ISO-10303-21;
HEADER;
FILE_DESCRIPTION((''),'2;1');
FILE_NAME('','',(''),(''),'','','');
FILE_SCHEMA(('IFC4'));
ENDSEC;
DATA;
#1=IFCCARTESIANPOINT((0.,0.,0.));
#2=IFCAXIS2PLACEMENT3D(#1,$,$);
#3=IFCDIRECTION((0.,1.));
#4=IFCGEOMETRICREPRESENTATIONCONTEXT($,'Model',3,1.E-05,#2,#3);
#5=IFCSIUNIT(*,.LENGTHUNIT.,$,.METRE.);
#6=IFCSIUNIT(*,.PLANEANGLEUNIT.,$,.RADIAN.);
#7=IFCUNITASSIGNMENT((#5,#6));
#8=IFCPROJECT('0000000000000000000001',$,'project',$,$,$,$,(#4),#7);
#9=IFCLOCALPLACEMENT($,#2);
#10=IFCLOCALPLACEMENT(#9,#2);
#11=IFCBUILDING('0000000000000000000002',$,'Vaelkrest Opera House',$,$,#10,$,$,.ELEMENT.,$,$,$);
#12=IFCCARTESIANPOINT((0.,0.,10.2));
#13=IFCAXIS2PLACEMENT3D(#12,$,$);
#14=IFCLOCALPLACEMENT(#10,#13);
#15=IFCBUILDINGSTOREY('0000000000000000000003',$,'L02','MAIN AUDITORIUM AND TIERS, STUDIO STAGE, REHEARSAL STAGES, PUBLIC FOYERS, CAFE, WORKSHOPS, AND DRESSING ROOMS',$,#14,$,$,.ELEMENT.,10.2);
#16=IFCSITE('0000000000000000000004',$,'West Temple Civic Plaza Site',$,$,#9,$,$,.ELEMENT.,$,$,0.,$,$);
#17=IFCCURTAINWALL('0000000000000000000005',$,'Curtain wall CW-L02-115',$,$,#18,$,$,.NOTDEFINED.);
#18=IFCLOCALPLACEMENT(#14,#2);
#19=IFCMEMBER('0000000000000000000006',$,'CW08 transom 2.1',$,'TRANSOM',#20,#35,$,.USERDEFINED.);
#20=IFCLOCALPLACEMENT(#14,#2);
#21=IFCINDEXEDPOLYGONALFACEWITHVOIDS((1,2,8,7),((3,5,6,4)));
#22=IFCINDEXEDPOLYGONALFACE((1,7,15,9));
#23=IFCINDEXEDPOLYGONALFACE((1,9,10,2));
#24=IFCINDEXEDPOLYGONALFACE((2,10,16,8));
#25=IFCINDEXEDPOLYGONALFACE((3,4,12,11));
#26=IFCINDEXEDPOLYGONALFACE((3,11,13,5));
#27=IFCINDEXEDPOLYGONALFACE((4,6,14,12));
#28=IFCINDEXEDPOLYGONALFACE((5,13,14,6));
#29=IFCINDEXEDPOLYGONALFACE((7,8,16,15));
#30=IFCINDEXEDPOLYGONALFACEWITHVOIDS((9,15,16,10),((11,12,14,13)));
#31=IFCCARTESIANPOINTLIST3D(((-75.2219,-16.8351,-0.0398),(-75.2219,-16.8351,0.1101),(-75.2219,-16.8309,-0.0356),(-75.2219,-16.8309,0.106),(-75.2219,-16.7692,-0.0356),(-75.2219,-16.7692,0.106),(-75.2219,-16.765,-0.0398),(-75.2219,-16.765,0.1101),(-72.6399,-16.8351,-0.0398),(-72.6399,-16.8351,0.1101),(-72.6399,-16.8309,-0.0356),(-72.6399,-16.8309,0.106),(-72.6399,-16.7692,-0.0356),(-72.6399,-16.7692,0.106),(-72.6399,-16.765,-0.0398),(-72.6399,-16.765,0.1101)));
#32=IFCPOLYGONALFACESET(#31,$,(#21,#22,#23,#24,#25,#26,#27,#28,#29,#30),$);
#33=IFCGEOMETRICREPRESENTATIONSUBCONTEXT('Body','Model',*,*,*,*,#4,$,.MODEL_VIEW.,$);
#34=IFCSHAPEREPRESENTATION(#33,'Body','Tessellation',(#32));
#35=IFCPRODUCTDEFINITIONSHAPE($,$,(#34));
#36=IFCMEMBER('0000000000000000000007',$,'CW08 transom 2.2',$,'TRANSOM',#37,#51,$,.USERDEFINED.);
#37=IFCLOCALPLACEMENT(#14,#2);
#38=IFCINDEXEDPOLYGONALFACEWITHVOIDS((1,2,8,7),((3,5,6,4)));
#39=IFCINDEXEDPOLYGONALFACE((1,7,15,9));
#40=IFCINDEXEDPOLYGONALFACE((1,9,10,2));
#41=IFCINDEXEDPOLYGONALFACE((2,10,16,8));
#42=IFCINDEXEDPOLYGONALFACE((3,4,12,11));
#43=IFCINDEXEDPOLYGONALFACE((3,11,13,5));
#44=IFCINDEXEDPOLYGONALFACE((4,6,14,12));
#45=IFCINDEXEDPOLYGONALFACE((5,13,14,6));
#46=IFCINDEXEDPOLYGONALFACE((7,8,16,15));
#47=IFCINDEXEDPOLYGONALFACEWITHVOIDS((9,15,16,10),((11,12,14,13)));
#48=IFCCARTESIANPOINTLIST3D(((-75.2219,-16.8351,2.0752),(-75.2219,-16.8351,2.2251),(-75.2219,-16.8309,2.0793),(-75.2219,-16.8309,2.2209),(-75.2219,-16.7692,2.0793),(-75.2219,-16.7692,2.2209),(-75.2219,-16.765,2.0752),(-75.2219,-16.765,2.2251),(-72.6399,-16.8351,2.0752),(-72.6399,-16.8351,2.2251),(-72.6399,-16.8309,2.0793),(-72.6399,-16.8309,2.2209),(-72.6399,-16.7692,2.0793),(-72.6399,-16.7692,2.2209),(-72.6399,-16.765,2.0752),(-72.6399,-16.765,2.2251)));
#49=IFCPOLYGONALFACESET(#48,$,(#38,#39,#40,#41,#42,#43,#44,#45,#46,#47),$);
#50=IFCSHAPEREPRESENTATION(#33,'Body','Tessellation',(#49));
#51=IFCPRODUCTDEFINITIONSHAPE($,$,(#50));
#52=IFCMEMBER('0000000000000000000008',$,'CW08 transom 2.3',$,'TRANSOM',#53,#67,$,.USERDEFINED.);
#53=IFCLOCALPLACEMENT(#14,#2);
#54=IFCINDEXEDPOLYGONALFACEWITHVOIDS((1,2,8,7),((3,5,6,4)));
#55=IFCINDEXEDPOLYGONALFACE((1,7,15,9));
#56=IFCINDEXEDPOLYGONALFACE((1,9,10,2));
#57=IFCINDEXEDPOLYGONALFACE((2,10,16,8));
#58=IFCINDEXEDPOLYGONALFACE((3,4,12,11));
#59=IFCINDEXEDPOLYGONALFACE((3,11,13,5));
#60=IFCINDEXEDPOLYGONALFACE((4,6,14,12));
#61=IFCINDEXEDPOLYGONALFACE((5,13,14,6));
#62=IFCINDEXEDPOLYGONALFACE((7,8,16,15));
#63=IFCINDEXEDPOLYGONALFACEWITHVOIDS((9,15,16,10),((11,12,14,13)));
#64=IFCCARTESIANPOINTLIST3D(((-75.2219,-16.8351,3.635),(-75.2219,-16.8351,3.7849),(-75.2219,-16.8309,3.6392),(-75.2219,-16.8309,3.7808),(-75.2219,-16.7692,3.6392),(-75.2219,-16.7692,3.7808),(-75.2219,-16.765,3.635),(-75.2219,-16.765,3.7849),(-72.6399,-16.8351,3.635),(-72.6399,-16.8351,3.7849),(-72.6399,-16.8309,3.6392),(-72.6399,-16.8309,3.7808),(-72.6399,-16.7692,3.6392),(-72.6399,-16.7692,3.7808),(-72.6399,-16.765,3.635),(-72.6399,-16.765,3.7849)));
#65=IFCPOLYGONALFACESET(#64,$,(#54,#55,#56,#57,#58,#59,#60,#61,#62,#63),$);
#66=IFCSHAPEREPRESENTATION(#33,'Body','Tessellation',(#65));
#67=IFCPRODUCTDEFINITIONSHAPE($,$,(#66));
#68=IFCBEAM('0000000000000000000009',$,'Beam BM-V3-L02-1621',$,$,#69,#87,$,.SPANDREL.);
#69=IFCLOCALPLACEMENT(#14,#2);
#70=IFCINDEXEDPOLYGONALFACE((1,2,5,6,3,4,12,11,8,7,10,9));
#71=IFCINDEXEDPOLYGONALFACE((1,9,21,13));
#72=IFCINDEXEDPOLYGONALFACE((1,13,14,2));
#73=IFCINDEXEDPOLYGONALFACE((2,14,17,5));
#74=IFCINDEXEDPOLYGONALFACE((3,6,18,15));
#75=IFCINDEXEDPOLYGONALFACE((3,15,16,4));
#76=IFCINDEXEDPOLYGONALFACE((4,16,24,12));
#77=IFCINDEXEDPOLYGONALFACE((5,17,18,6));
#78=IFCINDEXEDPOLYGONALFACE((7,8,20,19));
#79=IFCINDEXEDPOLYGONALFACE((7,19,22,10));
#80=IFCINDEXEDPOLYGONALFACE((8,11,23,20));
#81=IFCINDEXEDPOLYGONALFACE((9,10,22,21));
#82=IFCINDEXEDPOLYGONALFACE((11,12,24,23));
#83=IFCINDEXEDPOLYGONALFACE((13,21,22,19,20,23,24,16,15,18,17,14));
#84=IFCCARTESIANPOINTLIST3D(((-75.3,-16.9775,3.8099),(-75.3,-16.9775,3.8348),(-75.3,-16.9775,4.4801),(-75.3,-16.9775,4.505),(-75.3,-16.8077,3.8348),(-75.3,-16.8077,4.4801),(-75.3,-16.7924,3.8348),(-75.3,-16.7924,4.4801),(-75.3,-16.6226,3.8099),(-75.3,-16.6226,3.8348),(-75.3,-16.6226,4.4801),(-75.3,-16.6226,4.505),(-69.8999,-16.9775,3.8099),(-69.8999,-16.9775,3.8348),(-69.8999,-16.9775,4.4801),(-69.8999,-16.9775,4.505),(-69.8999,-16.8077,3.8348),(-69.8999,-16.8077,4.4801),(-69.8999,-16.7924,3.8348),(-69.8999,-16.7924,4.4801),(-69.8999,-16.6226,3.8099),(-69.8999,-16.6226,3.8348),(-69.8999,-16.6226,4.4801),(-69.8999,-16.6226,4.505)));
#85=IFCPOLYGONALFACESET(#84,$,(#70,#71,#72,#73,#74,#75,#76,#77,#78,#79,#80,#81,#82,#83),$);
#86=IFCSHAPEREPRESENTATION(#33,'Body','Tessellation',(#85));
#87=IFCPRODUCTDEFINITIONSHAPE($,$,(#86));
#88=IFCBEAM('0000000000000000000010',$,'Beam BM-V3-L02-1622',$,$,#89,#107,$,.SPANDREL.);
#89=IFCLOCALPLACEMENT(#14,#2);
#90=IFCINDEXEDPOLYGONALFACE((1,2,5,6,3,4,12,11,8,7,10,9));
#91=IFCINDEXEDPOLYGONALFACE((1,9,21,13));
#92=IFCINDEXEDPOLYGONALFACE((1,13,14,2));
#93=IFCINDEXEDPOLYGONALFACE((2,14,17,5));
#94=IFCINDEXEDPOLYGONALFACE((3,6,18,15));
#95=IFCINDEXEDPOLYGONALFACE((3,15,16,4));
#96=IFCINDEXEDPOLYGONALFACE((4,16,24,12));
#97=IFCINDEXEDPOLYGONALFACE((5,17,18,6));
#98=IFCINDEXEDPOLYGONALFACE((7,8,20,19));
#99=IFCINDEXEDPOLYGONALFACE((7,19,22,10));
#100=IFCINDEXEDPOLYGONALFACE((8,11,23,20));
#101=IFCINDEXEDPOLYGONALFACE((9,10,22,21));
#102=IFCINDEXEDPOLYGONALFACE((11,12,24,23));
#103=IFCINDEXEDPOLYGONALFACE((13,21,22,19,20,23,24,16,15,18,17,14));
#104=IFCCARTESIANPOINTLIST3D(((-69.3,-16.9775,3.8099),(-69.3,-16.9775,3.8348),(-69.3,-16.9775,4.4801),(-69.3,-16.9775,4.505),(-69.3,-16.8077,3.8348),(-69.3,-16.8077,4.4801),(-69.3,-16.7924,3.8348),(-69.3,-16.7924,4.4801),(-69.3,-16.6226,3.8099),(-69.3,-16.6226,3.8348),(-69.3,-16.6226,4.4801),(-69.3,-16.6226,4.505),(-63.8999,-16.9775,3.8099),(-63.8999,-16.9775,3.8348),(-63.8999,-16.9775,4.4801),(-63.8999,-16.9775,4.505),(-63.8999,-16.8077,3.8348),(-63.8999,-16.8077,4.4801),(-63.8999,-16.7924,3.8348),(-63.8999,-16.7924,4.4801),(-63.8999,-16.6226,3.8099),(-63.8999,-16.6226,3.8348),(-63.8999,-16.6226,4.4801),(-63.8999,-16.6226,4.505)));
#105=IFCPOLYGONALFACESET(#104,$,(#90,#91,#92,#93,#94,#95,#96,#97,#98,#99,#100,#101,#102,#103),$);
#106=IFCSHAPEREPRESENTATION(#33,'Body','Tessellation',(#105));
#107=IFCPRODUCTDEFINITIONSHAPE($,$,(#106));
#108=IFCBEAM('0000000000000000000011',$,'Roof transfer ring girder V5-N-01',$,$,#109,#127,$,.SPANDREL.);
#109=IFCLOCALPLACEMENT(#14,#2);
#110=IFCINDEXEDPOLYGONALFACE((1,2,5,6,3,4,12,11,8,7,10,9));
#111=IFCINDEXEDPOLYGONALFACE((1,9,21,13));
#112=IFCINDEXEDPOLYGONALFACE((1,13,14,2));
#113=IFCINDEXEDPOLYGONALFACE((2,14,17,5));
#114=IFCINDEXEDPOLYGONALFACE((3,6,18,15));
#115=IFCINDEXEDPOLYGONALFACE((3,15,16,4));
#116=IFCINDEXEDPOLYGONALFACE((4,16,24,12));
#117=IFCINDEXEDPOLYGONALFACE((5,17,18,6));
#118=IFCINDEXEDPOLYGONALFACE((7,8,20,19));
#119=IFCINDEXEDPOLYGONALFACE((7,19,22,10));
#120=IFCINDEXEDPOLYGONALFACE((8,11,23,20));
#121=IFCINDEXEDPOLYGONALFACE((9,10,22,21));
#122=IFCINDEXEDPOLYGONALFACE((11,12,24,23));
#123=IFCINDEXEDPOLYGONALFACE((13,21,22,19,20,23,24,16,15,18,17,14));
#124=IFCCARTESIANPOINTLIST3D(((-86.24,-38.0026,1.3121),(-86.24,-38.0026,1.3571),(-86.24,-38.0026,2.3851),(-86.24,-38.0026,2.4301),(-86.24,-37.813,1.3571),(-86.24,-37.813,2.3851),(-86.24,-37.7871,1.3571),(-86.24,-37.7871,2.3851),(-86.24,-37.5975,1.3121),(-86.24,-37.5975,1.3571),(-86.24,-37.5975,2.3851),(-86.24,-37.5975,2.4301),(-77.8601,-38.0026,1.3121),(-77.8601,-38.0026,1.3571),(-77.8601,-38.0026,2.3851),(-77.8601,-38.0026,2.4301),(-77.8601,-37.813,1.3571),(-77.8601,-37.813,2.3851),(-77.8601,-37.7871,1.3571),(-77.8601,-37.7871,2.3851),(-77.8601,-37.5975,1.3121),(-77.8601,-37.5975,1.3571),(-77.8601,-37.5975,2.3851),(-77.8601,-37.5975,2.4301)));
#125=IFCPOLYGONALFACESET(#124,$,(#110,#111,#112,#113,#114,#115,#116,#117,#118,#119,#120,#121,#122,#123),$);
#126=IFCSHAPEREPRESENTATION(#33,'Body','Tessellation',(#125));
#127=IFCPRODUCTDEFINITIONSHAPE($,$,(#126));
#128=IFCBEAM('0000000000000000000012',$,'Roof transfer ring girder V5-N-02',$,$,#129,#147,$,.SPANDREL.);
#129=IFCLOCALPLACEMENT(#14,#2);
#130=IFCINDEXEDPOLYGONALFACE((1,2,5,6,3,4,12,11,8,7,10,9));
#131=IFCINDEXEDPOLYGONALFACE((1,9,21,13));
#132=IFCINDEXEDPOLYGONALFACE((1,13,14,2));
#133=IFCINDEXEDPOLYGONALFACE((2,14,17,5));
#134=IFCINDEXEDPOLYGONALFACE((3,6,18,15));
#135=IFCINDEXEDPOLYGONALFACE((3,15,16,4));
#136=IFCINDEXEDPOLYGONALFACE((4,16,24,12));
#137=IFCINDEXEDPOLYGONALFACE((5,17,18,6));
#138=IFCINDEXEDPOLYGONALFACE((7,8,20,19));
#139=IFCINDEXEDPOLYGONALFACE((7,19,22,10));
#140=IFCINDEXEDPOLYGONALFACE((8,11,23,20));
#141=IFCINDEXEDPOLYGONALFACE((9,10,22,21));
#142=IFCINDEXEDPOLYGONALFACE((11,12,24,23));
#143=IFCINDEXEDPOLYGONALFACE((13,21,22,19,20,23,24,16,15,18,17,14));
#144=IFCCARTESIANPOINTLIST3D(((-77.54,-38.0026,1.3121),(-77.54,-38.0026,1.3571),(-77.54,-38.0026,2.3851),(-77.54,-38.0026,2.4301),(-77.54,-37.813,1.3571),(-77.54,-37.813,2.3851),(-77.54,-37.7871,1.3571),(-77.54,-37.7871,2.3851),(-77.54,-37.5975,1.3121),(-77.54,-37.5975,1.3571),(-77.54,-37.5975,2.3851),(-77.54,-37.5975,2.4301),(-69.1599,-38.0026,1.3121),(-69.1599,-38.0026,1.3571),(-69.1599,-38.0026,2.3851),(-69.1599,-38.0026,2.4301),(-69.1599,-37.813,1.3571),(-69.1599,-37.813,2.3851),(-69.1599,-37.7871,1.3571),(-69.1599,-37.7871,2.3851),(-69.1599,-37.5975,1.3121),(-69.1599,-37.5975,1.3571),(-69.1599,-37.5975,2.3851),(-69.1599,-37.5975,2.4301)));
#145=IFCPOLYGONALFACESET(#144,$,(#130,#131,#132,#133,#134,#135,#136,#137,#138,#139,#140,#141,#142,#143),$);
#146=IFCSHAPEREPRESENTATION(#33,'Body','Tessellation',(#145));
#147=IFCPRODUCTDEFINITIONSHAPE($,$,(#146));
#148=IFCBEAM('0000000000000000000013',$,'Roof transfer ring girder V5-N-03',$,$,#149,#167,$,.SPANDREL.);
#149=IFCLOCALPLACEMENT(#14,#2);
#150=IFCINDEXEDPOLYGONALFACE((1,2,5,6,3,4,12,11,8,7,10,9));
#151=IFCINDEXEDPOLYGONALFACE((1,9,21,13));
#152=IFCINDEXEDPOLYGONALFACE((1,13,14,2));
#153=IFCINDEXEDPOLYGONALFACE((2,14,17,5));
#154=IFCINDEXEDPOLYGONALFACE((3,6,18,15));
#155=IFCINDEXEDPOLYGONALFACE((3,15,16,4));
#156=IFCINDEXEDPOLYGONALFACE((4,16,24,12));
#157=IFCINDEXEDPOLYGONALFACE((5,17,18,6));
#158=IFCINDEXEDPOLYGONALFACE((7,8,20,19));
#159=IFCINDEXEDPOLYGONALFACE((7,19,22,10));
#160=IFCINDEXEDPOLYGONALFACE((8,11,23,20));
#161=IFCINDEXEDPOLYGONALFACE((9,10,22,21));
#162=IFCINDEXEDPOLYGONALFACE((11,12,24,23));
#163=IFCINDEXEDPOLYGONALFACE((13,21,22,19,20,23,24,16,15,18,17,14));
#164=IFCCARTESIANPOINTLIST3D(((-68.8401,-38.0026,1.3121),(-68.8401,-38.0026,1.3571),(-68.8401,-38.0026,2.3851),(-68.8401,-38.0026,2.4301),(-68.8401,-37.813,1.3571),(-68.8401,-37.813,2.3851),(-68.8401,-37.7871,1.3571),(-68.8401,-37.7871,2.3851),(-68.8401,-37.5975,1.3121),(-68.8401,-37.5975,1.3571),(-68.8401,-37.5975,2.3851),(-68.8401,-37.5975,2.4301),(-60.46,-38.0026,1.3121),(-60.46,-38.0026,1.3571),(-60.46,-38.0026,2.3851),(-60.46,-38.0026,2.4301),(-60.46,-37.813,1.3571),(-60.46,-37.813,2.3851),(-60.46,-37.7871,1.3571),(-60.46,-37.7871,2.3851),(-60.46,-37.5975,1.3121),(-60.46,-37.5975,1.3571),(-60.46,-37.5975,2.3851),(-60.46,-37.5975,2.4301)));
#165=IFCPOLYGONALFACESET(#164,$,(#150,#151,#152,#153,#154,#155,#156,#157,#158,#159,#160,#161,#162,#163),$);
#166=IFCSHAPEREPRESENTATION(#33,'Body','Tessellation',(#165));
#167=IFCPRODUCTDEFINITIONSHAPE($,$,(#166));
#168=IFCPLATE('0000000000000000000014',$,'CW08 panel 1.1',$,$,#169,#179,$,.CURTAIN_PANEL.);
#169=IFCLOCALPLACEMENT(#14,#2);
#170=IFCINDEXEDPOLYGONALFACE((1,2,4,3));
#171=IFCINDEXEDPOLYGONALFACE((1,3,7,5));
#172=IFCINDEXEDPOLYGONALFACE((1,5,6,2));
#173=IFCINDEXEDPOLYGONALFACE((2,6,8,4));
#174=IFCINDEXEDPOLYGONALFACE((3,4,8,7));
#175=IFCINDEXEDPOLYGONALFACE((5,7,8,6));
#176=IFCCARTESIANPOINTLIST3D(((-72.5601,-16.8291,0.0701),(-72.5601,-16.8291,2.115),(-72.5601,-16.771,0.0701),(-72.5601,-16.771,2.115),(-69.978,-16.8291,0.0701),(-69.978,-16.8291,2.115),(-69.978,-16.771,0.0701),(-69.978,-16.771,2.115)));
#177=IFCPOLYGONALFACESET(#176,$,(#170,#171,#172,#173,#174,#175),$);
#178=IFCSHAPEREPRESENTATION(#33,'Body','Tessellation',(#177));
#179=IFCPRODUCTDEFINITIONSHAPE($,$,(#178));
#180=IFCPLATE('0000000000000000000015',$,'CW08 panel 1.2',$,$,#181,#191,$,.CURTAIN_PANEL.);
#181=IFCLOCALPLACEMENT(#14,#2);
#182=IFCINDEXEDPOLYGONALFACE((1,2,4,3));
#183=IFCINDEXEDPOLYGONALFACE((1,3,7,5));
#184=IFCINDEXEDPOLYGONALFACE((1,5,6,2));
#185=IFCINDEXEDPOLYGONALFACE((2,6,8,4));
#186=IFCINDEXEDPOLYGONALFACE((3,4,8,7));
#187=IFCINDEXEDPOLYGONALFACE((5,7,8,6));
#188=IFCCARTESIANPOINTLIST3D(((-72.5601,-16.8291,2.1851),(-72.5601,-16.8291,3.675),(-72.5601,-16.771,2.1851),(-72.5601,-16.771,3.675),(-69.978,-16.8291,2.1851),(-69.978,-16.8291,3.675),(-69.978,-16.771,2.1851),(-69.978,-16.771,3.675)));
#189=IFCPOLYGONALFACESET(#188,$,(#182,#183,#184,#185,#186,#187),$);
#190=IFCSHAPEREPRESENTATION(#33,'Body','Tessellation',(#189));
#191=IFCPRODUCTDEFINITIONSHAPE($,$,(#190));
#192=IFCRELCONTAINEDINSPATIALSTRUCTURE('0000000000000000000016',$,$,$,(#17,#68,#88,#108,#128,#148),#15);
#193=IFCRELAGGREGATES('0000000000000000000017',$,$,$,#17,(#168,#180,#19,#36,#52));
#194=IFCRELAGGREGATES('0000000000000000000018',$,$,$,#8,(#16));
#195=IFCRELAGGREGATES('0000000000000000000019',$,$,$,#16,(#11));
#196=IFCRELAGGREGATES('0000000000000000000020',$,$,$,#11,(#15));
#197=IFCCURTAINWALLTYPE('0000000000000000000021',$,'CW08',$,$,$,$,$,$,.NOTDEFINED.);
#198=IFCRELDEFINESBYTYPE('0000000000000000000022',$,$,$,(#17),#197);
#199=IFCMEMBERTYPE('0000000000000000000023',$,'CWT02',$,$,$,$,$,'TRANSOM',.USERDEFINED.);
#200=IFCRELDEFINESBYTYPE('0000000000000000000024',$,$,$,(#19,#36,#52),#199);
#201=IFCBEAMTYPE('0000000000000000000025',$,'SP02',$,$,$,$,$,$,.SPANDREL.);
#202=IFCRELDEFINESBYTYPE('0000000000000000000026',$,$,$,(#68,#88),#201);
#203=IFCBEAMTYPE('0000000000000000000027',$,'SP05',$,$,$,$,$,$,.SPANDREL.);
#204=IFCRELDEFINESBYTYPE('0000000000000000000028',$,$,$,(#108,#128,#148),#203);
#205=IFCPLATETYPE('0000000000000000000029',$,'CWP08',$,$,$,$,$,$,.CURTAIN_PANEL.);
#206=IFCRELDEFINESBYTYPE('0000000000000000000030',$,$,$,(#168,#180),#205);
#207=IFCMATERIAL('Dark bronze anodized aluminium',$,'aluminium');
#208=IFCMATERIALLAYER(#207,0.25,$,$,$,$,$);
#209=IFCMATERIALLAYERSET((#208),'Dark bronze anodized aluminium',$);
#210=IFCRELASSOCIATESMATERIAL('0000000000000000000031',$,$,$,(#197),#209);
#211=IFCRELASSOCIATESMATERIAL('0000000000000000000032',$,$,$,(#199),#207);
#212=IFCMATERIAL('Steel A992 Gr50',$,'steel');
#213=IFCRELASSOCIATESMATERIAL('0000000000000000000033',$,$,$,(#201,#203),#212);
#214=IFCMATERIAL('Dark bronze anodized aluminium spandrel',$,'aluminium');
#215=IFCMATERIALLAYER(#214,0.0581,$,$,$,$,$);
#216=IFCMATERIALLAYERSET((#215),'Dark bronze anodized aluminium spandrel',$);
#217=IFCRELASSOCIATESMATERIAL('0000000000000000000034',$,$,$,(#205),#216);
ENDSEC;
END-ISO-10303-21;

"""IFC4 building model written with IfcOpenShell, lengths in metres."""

from ifc_helpers import new_model, si_unit, direction, frame, origin, origin_2d, place, context, subcontext, project, spatial, rectangle, hollow_rectangle, i_section, extrude, material, layer, layer_set, material_profile, profile_set, type_object, element, aggregate, save


model = new_model("IFC4")

# Units and contexts
model_context = context("Model", 3, precision=1e-05, world=origin(), true_north=direction((0.0, 1.0)))
body_context = subcontext(model_context, "Body", "Model", "MODEL_VIEW")
ifc_project = project(units=[si_unit("LENGTHUNIT", "METRE"), si_unit("PLANEANGLEUNIT", "RADIAN")], contexts=[model_context])

# Site, building, storey
site_placement = place(None, origin())
site = spatial("IfcSite", under=ifc_project, at=site_placement, Name="West Temple Civic Plaza Site", CompositionType="ELEMENT", RefElevation=0.0)
building_placement = place(site_placement, origin())
building = spatial("IfcBuilding", under=site, at=building_placement, Name="Vaelkrest Opera House", CompositionType="ELEMENT")
storey_placement = place(building_placement, frame((0.0, 0.0, 10.2)))
storey = spatial("IfcBuildingStorey", under=building, at=storey_placement, Name="L02", Description="MAIN AUDITORIUM AND TIERS, STUDIO STAGE, REHEARSAL STAGES, PUBLIC FOYERS, CAFE, WORKSHOPS, AND DRESSING ROOMS", CompositionType="ELEMENT", Elevation=10.2)

# Curtain wall, members
ifc_material_1 = material(Name="Dark bronze anodized aluminium", Category="aluminium")
ifc_layer_1 = layer(ifc_material_1, 0.25)
ifc_layer_set_1 = layer_set([ifc_layer_1], Name="Dark bronze anodized aluminium")
curtain_wall_type = type_object("IfcCurtainWallType", Name="CW08", PredefinedType="NOTDEFINED", material=ifc_layer_set_1)
curtain_wall_placement = place(storey_placement, origin())
curtain_wall = element("IfcCurtainWall", 1, at=curtain_wall_placement, inside=storey, type_object=curtain_wall_type, Name="Curtain wall CW-L02-115", PredefinedType="NOTDEFINED")
ifc_material_profile_1 = material_profile(ifc_material_1, hollow_rectangle(XDim=0.0701, YDim=0.1499, WallThickness=0.0042, at=origin_2d()), Name="CWT70X150")
ifc_profile_set_1 = profile_set([ifc_material_profile_1], Name="Dark bronze anodized aluminium")
member_type_1 = type_object("IfcMemberType", Name="CWT02", ElementType="TRANSOM", PredefinedType="USERDEFINED", material=ifc_profile_set_1)
member_1_placement = place(storey_placement, frame((-72.6399, -16.8, 0.0352), z_axis=(-1.0, 0.0, 0.0), x_axis=(0.0, -1.0, 0.0)))
member_1 = element("IfcMember", 2, at=member_1_placement, type_object=member_type_1, Name="CW08 transom 2.1", ObjectType="TRANSOM", PredefinedType="USERDEFINED", context=body_context, shape_type="SweptSolid", body=[
    extrude(hollow_rectangle(XDim=0.0701, YDim=0.1499, WallThickness=0.0042, at=origin_2d()), origin(), (0.0, 0.0, 1.0), 2.582),
])
member_2_placement = place(storey_placement, frame((-72.6399, -16.8, 2.1501), z_axis=(-1.0, 0.0, 0.0), x_axis=(0.0, -1.0, 0.0)))
member_2 = element("IfcMember", 3, at=member_2_placement, type_object=member_type_1, Name="CW08 transom 2.2", ObjectType="TRANSOM", PredefinedType="USERDEFINED", context=body_context, shape_type="SweptSolid", body=[
    extrude(hollow_rectangle(XDim=0.0701, YDim=0.1499, WallThickness=0.0042, at=origin_2d()), origin(), (0.0, 0.0, 1.0), 2.582),
])
member_3_placement = place(storey_placement, frame((-72.6399, -16.8, 3.71), z_axis=(-1.0, 0.0, 0.0), x_axis=(0.0, -1.0, 0.0)))
member_3 = element("IfcMember", 4, at=member_3_placement, type_object=member_type_1, Name="CW08 transom 2.3", ObjectType="TRANSOM", PredefinedType="USERDEFINED", context=body_context, shape_type="SweptSolid", body=[
    extrude(hollow_rectangle(XDim=0.0701, YDim=0.1499, WallThickness=0.0042, at=origin_2d()), origin(), (0.0, 0.0, 1.0), 2.582),
])

# Beams
ifc_material_2 = material(Name="Steel A992 Gr50", Category="steel")
ifc_material_profile_2 = material_profile(ifc_material_2, i_section(OverallWidth=0.355, OverallDepth=0.6951, WebThickness=0.0154, FlangeThickness=0.0249, at=origin_2d()), Name="W27X146")
ifc_profile_set_2 = profile_set([ifc_material_profile_2], Name="Steel A992 Gr50")
beam_type_1 = type_object("IfcBeamType", Name="SP02", PredefinedType="SPANDREL", material=ifc_profile_set_2)
for number, where, z_axis, x_axis, name in (
    (5, (-75.3, -16.8, 4.1575), (1.0, 0.0, 0.0), (0.0, 1.0, 0.0), "Beam BM-V3-L02-1621"),
    (6, (-69.3, -16.8, 4.1575), (1.0, 0.0, 0.0), (0.0, 1.0, 0.0), "Beam BM-V3-L02-1622"),
):
    element("IfcBeam", number, at=place(storey_placement, frame(where, z_axis=z_axis, x_axis=x_axis)), inside=storey, type_object=beam_type_1, Name=name, PredefinedType="SPANDREL", context=body_context, shape_type="SweptSolid", body=[
        extrude(i_section(OverallWidth=0.355, OverallDepth=0.6951, WebThickness=0.0154, FlangeThickness=0.0249, at=origin_2d()), origin(), (0.0, 0.0, 1.0), 5.4001),
    ])
ifc_material_profile_3 = material_profile(ifc_material_2, i_section(OverallWidth=0.405, OverallDepth=1.1179, WebThickness=0.0259, FlangeThickness=0.0449, at=origin_2d()), Name="W44X335")
ifc_profile_set_3 = profile_set([ifc_material_profile_3], Name="Steel A992 Gr50")
beam_type_2 = type_object("IfcBeamType", Name="SP05", PredefinedType="SPANDREL", material=ifc_profile_set_3)
beam_placement = place(storey_placement, frame((-86.24, -37.8, 1.8711), z_axis=(1.0, 0.0, 0.0), x_axis=(0.0, 1.0, 0.0)))
element("IfcBeam", 7, at=beam_placement, inside=storey, type_object=beam_type_2, Name="Roof transfer ring girder V5-N-01", PredefinedType="SPANDREL", context=body_context, shape_type="SweptSolid", body=[
    extrude(i_section(OverallWidth=0.405, OverallDepth=1.1179, WebThickness=0.0259, FlangeThickness=0.0449, at=origin_2d()), origin(), (0.0, 0.0, 1.0), 8.3799),
])
for number, where, z_axis, x_axis, name in (
    (8, (-77.54, -37.8, 1.8711), (1.0, 0.0, 0.0), (0.0, 1.0, 0.0), "Roof transfer ring girder V5-N-02"),
    (9, (-68.8401, -37.8, 1.8711), (1.0, 0.0, 0.0), (0.0, 1.0, 0.0), "Roof transfer ring girder V5-N-03"),
):
    element("IfcBeam", number, at=place(storey_placement, frame(where, z_axis=z_axis, x_axis=x_axis)), inside=storey, type_object=beam_type_2, Name=name, PredefinedType="SPANDREL", context=body_context, shape_type="SweptSolid", body=[
        extrude(i_section(OverallWidth=0.405, OverallDepth=1.1179, WebThickness=0.0259, FlangeThickness=0.0449, at=origin_2d()), origin(), (0.0, 0.0, 1.0), 8.3801),
    ])

# Plates
ifc_material_3 = material(Name="Dark bronze anodized aluminium spandrel", Category="aluminium")
ifc_layer_2 = layer(ifc_material_3, 0.0581)
ifc_layer_set_2 = layer_set([ifc_layer_2], Name="Dark bronze anodized aluminium spandrel")
plate_type_1 = type_object("IfcPlateType", Name="CWP08", PredefinedType="CURTAIN_PANEL", material=ifc_layer_set_2)
plate_1_placement = place(storey_placement, frame((-71.269, -16.8, 0.0701), z_axis=(0.0, 0.0, 1.0), x_axis=(-1.0, 0.0, 0.0)))
plate_1 = element("IfcPlate", 10, at=plate_1_placement, type_object=plate_type_1, Name="CW08 panel 1.1", PredefinedType="CURTAIN_PANEL", context=body_context, shape_type="SweptSolid", body=[
    extrude(rectangle(XDim=2.582, YDim=0.0581, at=origin_2d()), origin(), (0.0, 0.0, 1.0), 2.0449),
])
plate_2_placement = place(storey_placement, frame((-71.269, -16.8, 2.1851), z_axis=(0.0, 0.0, 1.0), x_axis=(-1.0, 0.0, 0.0)))
plate_2 = element("IfcPlate", 11, at=plate_2_placement, type_object=plate_type_1, Name="CW08 panel 1.2", PredefinedType="CURTAIN_PANEL", context=body_context, shape_type="SweptSolid", body=[
    extrude(rectangle(XDim=2.582, YDim=0.0581, at=origin_2d()), origin(), (0.0, 0.0, 1.0), 1.49),
])
aggregate(curtain_wall, [plate_1, plate_2, member_1, member_2, member_3])

save(model, "model.ifc")
